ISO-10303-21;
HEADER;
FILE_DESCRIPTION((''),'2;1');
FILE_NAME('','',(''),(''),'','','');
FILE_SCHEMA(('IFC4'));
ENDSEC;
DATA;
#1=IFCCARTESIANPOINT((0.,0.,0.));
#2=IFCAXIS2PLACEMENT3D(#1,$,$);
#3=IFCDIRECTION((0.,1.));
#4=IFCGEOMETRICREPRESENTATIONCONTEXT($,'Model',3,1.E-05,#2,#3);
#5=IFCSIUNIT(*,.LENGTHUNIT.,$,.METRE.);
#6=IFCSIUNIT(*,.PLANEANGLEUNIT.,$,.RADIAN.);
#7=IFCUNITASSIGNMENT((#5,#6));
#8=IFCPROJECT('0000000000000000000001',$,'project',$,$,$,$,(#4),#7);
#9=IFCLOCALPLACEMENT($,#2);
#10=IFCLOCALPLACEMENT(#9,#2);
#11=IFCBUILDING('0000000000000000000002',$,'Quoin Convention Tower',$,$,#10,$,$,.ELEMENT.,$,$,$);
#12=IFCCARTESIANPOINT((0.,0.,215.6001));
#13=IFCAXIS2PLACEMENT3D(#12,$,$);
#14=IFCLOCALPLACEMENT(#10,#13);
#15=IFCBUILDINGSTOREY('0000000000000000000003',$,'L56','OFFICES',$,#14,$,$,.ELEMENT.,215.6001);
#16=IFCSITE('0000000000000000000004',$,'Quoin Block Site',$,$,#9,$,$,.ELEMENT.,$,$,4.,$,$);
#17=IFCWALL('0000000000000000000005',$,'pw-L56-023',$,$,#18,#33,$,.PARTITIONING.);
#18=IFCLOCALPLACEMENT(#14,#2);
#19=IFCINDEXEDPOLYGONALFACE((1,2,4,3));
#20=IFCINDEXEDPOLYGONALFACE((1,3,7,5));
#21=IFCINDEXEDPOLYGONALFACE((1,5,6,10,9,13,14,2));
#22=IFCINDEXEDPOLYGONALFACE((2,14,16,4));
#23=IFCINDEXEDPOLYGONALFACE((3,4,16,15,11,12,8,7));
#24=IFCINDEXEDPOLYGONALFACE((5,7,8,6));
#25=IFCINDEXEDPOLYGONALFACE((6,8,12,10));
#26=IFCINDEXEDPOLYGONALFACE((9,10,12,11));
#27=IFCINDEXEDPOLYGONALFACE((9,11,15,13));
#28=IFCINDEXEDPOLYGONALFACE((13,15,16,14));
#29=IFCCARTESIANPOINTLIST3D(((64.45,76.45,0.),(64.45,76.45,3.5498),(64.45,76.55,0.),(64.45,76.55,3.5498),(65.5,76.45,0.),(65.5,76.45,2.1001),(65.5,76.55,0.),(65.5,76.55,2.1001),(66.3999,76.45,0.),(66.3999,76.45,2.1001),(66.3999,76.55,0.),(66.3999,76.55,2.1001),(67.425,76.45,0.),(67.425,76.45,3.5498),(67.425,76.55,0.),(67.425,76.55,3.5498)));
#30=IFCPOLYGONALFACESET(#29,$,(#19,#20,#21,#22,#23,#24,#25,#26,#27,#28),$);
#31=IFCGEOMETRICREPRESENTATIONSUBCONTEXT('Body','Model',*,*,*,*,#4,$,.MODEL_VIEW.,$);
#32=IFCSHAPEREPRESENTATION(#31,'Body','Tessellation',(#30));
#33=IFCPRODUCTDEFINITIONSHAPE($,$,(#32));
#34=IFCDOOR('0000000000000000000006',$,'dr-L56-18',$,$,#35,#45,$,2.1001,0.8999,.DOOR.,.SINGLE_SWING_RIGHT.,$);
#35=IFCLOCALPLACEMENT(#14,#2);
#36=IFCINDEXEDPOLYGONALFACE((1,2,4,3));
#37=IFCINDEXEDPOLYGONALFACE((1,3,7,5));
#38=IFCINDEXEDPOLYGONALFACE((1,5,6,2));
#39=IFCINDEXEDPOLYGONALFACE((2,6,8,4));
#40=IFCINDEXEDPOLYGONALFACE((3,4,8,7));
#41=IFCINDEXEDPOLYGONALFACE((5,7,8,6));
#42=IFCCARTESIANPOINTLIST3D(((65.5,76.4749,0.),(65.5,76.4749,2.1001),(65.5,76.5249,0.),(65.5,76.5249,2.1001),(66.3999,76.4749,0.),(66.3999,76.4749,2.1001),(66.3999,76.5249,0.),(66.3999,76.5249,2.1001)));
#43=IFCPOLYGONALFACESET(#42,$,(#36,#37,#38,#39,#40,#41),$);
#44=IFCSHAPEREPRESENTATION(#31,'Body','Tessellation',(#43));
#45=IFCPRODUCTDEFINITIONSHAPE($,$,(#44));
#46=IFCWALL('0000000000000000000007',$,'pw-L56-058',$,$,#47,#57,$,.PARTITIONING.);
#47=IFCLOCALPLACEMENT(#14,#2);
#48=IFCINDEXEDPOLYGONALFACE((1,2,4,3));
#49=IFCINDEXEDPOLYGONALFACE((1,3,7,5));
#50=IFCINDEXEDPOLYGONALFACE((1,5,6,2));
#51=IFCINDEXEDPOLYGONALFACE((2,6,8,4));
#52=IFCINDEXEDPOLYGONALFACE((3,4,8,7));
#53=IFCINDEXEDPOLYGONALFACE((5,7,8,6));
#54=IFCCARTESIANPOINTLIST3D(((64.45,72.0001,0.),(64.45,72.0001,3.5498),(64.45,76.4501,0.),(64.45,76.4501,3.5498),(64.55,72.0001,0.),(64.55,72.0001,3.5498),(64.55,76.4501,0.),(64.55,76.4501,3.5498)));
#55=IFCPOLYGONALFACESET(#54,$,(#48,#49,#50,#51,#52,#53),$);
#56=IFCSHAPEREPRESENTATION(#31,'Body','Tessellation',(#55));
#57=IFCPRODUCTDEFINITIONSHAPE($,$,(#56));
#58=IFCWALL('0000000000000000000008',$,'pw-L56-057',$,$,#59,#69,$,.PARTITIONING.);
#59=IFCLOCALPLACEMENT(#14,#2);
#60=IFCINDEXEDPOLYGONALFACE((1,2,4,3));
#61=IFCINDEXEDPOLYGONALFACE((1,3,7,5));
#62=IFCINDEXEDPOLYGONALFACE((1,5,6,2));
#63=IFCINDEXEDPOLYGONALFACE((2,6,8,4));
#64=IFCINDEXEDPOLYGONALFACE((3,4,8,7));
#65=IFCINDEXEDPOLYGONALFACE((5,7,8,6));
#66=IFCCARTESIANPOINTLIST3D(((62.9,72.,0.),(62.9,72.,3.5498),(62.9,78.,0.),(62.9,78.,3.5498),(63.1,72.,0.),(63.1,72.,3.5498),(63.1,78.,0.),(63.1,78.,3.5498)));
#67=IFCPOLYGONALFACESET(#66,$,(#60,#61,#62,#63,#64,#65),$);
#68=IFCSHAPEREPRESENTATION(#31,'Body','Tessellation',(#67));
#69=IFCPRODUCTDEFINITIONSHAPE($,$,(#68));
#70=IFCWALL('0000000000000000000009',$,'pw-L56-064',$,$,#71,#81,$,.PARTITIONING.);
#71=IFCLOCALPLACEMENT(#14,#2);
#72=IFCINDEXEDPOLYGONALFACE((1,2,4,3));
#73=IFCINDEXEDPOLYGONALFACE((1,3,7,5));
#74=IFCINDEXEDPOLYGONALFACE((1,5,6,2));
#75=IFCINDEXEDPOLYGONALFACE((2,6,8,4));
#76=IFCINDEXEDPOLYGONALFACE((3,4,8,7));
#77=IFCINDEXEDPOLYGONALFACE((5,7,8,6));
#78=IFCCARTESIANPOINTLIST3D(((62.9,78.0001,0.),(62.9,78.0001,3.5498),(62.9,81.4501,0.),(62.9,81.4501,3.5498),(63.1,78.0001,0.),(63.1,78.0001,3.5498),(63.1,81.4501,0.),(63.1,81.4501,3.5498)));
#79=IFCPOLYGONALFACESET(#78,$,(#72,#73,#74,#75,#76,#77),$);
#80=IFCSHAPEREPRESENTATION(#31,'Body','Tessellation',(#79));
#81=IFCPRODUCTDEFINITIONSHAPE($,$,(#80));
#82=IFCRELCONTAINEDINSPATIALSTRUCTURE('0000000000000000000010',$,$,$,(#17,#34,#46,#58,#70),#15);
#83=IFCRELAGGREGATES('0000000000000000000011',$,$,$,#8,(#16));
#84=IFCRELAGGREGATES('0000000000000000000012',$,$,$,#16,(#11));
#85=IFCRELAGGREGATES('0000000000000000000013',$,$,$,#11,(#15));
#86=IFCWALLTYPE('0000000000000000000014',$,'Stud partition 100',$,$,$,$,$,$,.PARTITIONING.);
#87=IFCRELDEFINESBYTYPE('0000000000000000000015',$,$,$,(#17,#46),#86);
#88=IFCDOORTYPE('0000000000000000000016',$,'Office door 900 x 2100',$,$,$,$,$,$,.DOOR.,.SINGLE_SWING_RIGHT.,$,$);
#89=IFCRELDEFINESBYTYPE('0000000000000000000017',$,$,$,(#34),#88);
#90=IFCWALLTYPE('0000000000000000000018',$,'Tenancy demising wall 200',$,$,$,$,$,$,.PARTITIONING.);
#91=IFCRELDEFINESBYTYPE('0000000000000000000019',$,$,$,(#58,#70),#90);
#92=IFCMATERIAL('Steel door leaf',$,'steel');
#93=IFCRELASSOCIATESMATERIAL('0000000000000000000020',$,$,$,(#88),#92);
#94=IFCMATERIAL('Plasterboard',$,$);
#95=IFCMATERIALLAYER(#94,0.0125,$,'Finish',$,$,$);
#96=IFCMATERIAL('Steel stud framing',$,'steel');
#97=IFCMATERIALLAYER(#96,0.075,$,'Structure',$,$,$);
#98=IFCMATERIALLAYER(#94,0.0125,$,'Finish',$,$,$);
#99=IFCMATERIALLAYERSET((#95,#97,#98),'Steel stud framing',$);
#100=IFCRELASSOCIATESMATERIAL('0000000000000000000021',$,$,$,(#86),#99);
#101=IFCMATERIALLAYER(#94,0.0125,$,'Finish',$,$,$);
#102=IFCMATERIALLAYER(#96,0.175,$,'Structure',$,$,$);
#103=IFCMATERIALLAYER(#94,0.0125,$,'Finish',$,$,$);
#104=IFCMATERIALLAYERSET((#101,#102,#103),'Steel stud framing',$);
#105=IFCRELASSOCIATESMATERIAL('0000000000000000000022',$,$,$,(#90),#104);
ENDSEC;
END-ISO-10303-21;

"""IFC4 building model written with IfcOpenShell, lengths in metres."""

from ifc_helpers import new_model, si_unit, direction, frame, frame_2d, origin, place, context, subcontext, project, spatial, rectangle, extrude, material, layer, layer_set, type_object, element, fill, save


model = new_model("IFC4")

# Units and contexts
model_context = context("Model", 3, precision=1e-05, world=origin(), true_north=direction((0.0, 1.0)))
body_context = subcontext(model_context, "Body", "Model", "MODEL_VIEW")
ifc_project = project(units=[si_unit("LENGTHUNIT", "METRE"), si_unit("PLANEANGLEUNIT", "RADIAN")], contexts=[model_context])

# Site, building, storey
site_placement = place(None, origin())
site = spatial("IfcSite", under=ifc_project, at=site_placement, Name="Quoin Block Site", CompositionType="ELEMENT", RefElevation=4.0)
building_placement = place(site_placement, origin())
building = spatial("IfcBuilding", under=site, at=building_placement, Name="Quoin Convention Tower", CompositionType="ELEMENT")
storey_placement = place(building_placement, frame((0.0, 0.0, 215.6001)))
storey = spatial("IfcBuildingStorey", under=building, at=storey_placement, Name="L56", Description="OFFICES", CompositionType="ELEMENT", Elevation=215.6001)

# Shared definitions
ifc_material_1 = material(Name="Plasterboard")
ifc_material_2 = material(Name="Steel stud framing", Category="steel")
ifc_material_3 = material(Name="Steel door leaf", Category="steel")
door_type = type_object("IfcDoorType", Name="Office door 900 x 2100", OperationType="SINGLE_SWING_RIGHT", PredefinedType="DOOR", material=ifc_material_3)

# Wall, opening, door
ifc_layer_1 = layer(ifc_material_1, 0.0125, Name="Finish")
ifc_layer_2 = layer(ifc_material_2, 0.075, Name="Structure")
ifc_layer_3 = layer(ifc_material_1, 0.0125, Name="Finish")
ifc_layer_set_1 = layer_set([ifc_layer_1, ifc_layer_2, ifc_layer_3], Name="Steel stud framing")
wall_type_1 = type_object("IfcWallType", Name="Stud partition 100", PredefinedType="PARTITIONING", material=ifc_layer_set_1)
wall_1_placement = place(storey_placement, frame((64.45, 76.5, 0.0), z_axis=(0.0, 0.0, 1.0), x_axis=(1.0, 0.0, 0.0)))
wall_1 = element("IfcWall", 1, at=wall_1_placement, inside=storey, type_object=wall_type_1, Name="pw-L56-023", PredefinedType="PARTITIONING", context=body_context, shape_type="SweptSolid", body=[
    extrude(rectangle(XDim=2.9751, YDim=0.1001, at=frame_2d((1.4875, 0.0))), origin(), (0.0, 0.0, 1.0), 3.5498),
])
opening_1_placement = place(wall_1_placement, frame((1.05, 0.0, 0.0)))
opening_1 = element("IfcOpeningElement", 2, at=opening_1_placement, cuts=wall_1, PredefinedType="OPENING", context=body_context, shape_type="SweptSolid", body=[
    extrude(rectangle(XDim=0.8999, YDim=2.1001, at=frame_2d((0.45, 1.05))), frame((0.0, 0.0601, 0.0), z_axis=(0.0, -1.0, 0.0), x_axis=(1.0, 0.0, 0.0)), (0.0, 0.0, 1.0), 0.1201),
])
door_1_placement = place(opening_1_placement, origin())
door_1 = element("IfcDoor", 3, at=door_1_placement, inside=storey, type_object=door_type, Name="dr-L56-18", OperationType="SINGLE_SWING_RIGHT", OverallHeight=2.1001, OverallWidth=0.8999, PredefinedType="DOOR", context=body_context, shape_type="SweptSolid", body=[
    extrude(rectangle(XDim=0.8999, YDim=2.1001, at=frame_2d((0.45, 1.05))), frame((0.0, 0.0249, 0.0), z_axis=(0.0, -1.0, 0.0), x_axis=(1.0, 0.0, 0.0)), (0.0, 0.0, 1.0), 0.05),
])
fill(opening_1, door_1)

# Walls
wall_2_placement = place(storey_placement, frame((64.5, 72.0, 0.0), z_axis=(0.0, 0.0, 1.0), x_axis=(0.0, 1.0, 0.0)))
element("IfcWall", 4, at=wall_2_placement, inside=storey, type_object=wall_type_1, Name="pw-L56-058", PredefinedType="PARTITIONING", context=body_context, shape_type="SweptSolid", body=[
    extrude(rectangle(XDim=4.45, YDim=0.1001, at=frame_2d((2.2251, 0.0))), origin(), (0.0, 0.0, 1.0), 3.5498),
])
ifc_layer_4 = layer(ifc_material_1, 0.0125, Name="Finish")
ifc_layer_5 = layer(ifc_material_2, 0.175, Name="Structure")
ifc_layer_6 = layer(ifc_material_1, 0.0125, Name="Finish")
ifc_layer_set_2 = layer_set([ifc_layer_4, ifc_layer_5, ifc_layer_6], Name="Steel stud framing")
wall_type_2 = type_object("IfcWallType", Name="Tenancy demising wall 200", PredefinedType="PARTITIONING", material=ifc_layer_set_2)
wall_3_placement = place(storey_placement, frame((63.0, 72.0, 0.0), z_axis=(0.0, 0.0, 1.0), x_axis=(0.0, 1.0, 0.0)))
element("IfcWall", 5, at=wall_3_placement, inside=storey, type_object=wall_type_2, Name="pw-L56-057", PredefinedType="PARTITIONING", context=body_context, shape_type="SweptSolid", body=[
    extrude(rectangle(XDim=6.0, YDim=0.2, at=frame_2d((3.0, 0.0))), origin(), (0.0, 0.0, 1.0), 3.5498),
])
wall_4_placement = place(storey_placement, frame((63.0, 78.0, 0.0), z_axis=(0.0, 0.0, 1.0), x_axis=(0.0, 1.0, 0.0)))
element("IfcWall", 6, at=wall_4_placement, inside=storey, type_object=wall_type_2, Name="pw-L56-064", PredefinedType="PARTITIONING", context=body_context, shape_type="SweptSolid", body=[
    extrude(rectangle(XDim=3.45, YDim=0.2, at=frame_2d((1.7251, 0.0))), origin(), (0.0, 0.0, 1.0), 3.5498),
])

save(model, "model.ifc")
